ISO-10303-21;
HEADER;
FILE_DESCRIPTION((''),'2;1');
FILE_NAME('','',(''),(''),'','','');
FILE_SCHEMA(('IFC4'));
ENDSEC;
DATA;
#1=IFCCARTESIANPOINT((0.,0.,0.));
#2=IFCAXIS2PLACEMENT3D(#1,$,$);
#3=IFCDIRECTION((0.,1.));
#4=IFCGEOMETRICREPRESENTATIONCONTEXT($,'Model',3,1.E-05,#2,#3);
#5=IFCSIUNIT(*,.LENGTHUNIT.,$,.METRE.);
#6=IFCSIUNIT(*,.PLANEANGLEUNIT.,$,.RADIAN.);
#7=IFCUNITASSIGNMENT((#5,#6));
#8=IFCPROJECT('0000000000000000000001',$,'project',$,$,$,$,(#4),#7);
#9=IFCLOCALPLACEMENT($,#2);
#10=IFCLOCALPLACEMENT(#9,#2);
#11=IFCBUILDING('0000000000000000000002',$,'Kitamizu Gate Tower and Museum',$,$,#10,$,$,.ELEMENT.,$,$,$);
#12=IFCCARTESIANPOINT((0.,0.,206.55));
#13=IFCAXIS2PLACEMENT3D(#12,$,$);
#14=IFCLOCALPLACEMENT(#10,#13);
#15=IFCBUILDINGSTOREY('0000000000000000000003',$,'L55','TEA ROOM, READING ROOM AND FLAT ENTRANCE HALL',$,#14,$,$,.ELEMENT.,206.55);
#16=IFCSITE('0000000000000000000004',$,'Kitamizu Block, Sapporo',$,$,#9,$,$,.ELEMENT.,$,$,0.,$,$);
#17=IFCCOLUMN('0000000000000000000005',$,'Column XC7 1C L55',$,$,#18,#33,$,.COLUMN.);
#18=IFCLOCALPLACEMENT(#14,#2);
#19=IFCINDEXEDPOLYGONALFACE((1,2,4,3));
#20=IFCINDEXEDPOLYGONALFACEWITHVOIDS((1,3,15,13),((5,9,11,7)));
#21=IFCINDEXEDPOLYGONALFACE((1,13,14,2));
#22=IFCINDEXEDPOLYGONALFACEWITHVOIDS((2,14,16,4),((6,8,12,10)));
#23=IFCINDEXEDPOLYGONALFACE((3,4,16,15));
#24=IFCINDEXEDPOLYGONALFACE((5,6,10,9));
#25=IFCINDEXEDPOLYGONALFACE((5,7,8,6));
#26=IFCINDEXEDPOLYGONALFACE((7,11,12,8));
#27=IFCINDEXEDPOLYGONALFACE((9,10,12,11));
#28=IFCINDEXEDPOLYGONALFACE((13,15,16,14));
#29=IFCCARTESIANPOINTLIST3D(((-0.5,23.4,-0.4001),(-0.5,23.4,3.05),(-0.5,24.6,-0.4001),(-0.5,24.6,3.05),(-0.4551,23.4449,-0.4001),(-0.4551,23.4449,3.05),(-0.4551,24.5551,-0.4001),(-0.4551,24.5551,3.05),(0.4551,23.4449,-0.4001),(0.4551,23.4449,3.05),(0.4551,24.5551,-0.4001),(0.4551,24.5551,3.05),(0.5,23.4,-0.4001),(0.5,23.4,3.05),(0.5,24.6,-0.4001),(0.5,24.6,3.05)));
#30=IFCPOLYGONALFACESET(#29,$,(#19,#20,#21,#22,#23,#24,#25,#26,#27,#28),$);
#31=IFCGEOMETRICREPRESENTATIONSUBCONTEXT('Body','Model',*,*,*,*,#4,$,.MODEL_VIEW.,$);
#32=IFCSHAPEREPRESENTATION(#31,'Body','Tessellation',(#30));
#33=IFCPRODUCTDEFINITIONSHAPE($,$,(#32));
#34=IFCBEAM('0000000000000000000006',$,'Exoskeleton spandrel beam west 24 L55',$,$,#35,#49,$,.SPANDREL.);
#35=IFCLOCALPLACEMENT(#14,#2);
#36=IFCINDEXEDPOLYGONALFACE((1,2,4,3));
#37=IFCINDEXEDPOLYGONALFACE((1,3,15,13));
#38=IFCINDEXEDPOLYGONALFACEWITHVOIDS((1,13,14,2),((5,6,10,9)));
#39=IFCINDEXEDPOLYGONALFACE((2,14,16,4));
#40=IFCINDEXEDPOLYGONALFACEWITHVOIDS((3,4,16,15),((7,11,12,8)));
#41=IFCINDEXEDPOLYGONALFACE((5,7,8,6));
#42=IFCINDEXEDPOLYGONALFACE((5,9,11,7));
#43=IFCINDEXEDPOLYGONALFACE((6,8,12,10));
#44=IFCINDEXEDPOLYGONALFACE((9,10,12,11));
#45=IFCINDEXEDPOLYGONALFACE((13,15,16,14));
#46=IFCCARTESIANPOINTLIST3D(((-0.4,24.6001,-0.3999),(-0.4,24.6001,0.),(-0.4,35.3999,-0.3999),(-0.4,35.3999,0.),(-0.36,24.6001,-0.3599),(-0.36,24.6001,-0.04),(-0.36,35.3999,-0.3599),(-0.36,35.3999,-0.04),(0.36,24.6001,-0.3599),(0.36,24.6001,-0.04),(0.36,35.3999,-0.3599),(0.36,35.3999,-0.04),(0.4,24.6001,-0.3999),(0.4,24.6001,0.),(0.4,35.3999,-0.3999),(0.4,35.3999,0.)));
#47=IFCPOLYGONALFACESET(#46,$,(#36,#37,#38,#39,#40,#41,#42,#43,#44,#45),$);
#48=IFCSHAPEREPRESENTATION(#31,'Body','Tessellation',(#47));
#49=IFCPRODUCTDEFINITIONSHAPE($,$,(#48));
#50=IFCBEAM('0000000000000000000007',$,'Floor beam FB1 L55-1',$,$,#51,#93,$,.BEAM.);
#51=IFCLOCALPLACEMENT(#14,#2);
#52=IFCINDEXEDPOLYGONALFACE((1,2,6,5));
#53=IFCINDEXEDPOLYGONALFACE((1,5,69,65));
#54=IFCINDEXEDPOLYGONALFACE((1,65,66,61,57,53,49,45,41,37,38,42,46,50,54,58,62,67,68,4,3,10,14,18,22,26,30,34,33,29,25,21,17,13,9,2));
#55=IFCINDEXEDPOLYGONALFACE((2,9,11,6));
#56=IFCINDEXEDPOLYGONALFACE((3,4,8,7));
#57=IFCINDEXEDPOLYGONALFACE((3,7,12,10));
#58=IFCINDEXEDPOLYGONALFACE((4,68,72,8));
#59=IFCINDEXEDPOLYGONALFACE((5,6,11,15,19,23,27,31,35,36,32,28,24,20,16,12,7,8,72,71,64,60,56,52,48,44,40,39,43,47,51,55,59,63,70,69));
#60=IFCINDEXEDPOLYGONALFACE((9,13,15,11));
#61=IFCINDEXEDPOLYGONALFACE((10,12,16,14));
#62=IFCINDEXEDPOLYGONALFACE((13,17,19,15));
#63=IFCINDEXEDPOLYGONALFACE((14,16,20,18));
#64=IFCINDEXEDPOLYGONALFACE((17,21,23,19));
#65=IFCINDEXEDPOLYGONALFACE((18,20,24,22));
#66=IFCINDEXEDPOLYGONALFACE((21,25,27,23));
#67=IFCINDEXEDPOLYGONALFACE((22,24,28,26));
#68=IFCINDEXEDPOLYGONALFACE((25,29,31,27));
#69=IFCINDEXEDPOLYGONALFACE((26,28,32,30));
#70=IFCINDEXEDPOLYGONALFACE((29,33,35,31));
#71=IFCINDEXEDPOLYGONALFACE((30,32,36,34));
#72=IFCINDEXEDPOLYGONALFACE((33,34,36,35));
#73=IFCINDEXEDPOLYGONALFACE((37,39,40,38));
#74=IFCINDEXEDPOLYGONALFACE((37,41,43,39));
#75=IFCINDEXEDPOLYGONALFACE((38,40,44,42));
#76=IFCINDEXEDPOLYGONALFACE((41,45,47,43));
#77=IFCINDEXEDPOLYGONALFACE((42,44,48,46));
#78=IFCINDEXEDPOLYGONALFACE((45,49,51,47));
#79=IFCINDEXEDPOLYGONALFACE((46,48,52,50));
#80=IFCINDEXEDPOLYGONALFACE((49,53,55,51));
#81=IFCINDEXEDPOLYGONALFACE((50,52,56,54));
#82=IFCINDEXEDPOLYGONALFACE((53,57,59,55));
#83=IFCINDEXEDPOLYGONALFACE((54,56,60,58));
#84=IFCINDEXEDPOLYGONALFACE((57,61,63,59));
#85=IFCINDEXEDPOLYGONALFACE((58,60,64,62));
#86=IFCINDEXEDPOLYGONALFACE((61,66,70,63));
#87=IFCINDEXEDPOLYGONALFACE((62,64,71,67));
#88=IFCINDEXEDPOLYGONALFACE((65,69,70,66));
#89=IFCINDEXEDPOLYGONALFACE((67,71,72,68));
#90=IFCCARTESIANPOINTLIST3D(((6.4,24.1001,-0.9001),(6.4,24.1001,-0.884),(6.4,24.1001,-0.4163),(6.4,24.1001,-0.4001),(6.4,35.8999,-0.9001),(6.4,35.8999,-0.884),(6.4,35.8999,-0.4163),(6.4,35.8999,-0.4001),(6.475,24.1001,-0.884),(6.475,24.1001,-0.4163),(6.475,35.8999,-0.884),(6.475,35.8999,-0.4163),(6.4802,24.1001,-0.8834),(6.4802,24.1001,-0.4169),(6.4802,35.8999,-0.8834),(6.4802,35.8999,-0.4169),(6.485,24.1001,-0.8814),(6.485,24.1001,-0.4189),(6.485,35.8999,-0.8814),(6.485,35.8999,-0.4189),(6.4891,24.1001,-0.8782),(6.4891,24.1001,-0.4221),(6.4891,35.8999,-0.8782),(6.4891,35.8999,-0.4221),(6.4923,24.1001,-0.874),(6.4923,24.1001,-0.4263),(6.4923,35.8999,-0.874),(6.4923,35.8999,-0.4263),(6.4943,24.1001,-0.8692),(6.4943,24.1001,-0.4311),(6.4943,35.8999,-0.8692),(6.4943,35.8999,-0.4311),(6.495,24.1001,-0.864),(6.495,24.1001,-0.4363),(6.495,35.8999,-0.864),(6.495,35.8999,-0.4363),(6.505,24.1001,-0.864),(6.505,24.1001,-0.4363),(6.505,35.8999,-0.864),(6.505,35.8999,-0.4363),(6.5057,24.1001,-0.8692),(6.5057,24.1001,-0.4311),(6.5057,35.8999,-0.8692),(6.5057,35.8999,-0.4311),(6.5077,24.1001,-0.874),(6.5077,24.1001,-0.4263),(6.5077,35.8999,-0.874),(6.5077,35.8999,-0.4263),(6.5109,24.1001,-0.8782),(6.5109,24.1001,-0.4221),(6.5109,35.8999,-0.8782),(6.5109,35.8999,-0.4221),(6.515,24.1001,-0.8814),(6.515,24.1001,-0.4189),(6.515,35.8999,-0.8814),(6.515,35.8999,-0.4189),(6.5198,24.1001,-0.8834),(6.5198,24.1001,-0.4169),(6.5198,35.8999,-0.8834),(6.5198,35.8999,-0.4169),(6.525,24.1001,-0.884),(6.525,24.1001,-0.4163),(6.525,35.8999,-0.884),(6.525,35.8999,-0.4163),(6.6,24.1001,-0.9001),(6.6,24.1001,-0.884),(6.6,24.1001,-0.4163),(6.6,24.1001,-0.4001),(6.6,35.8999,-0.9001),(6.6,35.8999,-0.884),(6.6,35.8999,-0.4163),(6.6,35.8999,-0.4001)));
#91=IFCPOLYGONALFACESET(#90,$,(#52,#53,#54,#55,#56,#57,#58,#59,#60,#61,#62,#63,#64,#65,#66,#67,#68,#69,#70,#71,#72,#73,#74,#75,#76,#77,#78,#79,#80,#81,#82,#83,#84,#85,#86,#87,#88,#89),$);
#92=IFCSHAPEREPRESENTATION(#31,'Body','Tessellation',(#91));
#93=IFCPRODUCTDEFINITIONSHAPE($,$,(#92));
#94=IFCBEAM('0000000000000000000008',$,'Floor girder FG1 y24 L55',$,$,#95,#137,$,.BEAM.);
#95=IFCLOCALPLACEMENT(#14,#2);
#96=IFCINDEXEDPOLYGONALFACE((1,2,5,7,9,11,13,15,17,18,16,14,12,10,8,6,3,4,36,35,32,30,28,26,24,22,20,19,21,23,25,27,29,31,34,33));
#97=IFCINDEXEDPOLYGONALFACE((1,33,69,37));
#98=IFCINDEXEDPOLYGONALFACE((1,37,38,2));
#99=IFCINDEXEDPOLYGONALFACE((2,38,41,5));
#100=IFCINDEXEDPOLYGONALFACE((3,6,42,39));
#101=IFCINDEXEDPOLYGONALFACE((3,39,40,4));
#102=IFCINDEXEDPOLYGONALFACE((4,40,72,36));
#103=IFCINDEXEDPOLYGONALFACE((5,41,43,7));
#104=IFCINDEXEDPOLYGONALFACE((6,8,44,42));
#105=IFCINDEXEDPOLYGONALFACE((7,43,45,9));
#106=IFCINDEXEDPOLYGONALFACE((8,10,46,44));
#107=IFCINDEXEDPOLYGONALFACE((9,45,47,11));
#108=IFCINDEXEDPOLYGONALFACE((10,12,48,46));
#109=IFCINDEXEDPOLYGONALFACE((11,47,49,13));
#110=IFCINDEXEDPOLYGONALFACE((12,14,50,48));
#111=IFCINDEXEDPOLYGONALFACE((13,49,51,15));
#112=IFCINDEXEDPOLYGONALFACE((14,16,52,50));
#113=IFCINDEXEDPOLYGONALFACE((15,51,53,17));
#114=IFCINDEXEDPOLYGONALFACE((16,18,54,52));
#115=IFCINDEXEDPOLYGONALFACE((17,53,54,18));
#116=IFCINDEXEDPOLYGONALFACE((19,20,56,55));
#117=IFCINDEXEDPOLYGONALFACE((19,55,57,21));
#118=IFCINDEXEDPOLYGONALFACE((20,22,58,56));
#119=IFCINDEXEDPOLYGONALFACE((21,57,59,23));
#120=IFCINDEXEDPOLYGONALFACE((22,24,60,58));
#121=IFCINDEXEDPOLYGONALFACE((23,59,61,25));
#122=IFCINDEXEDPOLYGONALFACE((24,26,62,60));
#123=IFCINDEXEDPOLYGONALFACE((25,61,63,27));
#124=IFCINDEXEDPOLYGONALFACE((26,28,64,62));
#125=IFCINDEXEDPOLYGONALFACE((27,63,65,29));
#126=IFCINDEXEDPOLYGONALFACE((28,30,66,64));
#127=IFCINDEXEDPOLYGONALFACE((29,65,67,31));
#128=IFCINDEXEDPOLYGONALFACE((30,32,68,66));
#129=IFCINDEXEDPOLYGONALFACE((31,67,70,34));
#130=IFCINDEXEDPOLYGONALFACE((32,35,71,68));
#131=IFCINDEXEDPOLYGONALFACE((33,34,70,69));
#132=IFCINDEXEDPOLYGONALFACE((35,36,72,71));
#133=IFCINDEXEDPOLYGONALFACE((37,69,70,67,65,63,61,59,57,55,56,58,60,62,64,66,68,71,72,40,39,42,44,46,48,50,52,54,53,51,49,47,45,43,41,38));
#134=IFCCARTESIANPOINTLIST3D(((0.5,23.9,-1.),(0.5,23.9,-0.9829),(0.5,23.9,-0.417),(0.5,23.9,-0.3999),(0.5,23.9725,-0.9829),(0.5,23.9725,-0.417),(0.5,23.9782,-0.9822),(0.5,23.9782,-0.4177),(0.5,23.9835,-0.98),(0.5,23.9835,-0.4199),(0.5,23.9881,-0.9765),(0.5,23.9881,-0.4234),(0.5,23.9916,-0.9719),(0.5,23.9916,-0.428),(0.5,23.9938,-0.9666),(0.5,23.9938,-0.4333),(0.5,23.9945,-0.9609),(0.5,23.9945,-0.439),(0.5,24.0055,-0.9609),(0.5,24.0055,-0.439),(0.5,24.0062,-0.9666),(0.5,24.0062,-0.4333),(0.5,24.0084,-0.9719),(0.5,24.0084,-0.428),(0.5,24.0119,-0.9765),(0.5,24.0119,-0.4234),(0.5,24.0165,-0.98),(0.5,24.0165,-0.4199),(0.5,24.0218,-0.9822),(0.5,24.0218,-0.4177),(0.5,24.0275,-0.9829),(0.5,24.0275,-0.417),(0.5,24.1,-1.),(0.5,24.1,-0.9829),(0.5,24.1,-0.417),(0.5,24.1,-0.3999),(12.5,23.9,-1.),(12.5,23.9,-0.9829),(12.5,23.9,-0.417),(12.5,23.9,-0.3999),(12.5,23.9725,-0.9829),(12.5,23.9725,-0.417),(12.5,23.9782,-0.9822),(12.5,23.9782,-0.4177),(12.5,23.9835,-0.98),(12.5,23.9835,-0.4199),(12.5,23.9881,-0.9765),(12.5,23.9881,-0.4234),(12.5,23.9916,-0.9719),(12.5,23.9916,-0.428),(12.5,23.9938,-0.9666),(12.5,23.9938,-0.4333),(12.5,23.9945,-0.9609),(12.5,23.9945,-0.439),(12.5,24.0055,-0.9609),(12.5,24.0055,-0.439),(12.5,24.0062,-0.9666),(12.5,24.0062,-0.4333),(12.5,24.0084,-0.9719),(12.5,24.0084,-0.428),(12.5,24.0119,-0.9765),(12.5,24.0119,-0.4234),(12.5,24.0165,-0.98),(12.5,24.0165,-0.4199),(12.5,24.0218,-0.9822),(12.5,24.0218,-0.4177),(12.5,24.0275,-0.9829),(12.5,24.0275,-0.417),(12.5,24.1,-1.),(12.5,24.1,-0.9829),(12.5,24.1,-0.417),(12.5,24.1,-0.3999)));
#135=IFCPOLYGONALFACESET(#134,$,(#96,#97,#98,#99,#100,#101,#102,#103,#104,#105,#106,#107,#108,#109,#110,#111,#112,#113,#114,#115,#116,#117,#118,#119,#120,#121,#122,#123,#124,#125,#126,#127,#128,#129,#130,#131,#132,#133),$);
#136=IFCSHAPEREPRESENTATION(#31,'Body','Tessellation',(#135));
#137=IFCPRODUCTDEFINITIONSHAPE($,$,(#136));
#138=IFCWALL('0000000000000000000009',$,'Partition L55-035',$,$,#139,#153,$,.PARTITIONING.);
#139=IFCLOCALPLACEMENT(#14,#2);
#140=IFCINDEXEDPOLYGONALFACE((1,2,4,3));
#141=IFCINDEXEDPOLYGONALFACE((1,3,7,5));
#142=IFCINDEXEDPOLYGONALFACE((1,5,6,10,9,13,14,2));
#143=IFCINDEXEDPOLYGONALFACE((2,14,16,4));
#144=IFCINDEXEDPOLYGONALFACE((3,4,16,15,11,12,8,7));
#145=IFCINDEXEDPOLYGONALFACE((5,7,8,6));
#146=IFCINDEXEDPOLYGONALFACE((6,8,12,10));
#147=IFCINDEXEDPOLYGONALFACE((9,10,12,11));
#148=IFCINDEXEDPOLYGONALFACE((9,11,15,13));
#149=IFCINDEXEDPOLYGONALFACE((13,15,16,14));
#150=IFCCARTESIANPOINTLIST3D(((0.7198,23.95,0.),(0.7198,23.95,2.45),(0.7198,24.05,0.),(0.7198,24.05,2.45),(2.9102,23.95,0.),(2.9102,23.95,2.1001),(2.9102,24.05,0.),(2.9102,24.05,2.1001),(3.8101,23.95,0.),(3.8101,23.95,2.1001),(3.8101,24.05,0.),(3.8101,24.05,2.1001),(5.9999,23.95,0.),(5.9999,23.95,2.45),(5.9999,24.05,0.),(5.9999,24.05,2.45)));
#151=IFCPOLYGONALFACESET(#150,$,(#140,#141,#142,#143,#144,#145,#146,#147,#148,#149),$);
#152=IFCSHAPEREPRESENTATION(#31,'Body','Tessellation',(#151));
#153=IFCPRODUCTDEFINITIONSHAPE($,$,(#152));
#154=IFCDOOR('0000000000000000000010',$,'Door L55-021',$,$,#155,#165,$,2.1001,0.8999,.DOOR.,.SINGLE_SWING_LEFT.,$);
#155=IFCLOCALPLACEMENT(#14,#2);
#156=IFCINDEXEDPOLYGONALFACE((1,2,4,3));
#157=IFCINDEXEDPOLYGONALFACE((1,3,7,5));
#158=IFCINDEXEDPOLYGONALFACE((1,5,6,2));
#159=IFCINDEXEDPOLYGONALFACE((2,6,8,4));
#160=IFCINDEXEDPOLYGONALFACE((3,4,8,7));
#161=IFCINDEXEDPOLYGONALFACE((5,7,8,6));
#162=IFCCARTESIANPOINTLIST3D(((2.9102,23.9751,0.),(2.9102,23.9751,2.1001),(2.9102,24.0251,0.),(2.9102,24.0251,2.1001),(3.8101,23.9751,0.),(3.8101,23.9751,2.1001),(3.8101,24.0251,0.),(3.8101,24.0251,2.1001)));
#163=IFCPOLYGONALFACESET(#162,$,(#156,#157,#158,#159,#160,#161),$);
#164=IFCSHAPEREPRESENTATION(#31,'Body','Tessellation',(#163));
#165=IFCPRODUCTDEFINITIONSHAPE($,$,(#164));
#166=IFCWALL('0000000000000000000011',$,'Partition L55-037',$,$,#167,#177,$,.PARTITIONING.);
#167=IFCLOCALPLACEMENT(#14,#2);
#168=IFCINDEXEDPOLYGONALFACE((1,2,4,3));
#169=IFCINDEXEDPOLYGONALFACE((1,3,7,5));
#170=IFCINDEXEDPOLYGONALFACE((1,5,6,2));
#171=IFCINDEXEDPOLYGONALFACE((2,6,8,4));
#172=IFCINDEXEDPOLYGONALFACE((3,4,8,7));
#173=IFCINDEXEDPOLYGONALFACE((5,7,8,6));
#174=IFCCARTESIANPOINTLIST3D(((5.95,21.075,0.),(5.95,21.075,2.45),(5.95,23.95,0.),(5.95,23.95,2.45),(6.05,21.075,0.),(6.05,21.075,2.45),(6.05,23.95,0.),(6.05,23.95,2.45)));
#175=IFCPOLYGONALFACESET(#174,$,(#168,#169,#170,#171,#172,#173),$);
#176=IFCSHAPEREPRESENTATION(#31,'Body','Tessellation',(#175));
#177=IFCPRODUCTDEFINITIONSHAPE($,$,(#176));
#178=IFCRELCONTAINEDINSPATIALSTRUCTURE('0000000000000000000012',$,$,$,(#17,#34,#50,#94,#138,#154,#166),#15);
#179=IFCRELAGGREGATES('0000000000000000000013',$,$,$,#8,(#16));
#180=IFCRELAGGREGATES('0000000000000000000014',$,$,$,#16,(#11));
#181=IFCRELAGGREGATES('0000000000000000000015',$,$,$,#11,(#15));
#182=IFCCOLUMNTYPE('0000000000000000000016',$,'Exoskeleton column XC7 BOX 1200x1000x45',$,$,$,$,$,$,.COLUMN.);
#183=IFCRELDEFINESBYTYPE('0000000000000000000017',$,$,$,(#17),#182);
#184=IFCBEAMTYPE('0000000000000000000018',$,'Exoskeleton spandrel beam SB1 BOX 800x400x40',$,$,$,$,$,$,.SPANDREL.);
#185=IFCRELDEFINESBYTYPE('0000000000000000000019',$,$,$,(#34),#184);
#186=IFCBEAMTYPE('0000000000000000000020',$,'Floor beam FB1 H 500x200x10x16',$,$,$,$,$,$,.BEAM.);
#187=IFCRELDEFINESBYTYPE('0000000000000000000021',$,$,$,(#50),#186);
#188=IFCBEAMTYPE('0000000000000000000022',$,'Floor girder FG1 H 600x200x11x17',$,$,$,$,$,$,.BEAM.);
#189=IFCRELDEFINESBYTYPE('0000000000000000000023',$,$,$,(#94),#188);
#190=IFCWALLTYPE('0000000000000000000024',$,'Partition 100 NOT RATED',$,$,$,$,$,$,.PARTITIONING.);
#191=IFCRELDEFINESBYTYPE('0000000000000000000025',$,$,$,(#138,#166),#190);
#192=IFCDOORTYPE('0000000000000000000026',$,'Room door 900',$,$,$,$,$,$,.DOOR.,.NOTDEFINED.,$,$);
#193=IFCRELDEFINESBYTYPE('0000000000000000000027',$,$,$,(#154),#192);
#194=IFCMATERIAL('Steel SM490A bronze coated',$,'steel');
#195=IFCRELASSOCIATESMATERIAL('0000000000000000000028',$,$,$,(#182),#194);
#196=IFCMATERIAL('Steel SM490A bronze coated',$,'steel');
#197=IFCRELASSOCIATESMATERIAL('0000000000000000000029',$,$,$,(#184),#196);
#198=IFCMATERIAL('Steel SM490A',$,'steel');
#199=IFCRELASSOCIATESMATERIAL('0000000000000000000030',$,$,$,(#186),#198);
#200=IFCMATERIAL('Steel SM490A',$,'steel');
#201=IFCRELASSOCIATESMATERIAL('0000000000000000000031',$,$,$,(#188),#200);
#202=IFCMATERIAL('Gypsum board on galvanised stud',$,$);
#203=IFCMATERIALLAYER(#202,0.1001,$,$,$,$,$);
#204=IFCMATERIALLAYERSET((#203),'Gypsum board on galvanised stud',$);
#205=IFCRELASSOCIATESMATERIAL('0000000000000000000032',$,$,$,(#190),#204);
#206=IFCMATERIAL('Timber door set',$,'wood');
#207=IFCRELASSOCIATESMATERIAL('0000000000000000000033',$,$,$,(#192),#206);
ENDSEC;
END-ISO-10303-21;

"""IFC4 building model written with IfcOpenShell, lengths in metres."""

from ifc_helpers import new_model, si_unit, direction, frame, frame_2d, origin, origin_2d, place, context, subcontext, project, spatial, rectangle, hollow_rectangle, i_section, extrude, material, layer, layer_set, material_profile, profile_set, type_object, element, fill, save


model = new_model("IFC4")

# Units and contexts
model_context = context("Model", 3, precision=1e-05, world=origin(), true_north=direction((0.0, 1.0)))
body_context = subcontext(model_context, "Body", "Model", "MODEL_VIEW")
ifc_project = project(units=[si_unit("LENGTHUNIT", "METRE"), si_unit("PLANEANGLEUNIT", "RADIAN")], contexts=[model_context])

# Site, building, storey
site_placement = place(None, origin())
site = spatial("IfcSite", under=ifc_project, at=site_placement, Name="Kitamizu Block, Sapporo", CompositionType="ELEMENT", RefElevation=0.0)
building_placement = place(site_placement, origin())
building = spatial("IfcBuilding", under=site, at=building_placement, Name="Kitamizu Gate Tower and Museum", CompositionType="ELEMENT")
storey_placement = place(building_placement, frame((0.0, 0.0, 206.55)))
storey = spatial("IfcBuildingStorey", under=building, at=storey_placement, Name="L55", Description="TEA ROOM, READING ROOM AND FLAT ENTRANCE HALL", CompositionType="ELEMENT", Elevation=206.55)

# Column
ifc_material_1 = material(Name="Steel SM490A bronze coated", Category="steel")
ifc_material_profile_1 = material_profile(ifc_material_1, hollow_rectangle(XDim=1.2, YDim=1.0, WallThickness=0.0449, at=origin_2d()), Name="BOX 1200x1000x45")
ifc_profile_set_1 = profile_set([ifc_material_profile_1], Name="Steel SM490A bronze coated")
column_type = type_object("IfcColumnType", Name="Exoskeleton column XC7 BOX 1200x1000x45", PredefinedType="COLUMN", material=ifc_profile_set_1)
column_placement = place(storey_placement, frame((0.0, 24.0, -0.4001), z_axis=(0.0, 0.0, 1.0), x_axis=(0.0, 1.0, 0.0)))
element("IfcColumn", 1, at=column_placement, inside=storey, type_object=column_type, Name="Column XC7 1C L55", PredefinedType="COLUMN", context=body_context, shape_type="SweptSolid", body=[
    extrude(hollow_rectangle(XDim=1.2, YDim=1.0, WallThickness=0.0449, at=origin_2d()), origin(), (0.0, 0.0, 1.0), 3.4502),
])

# Beams
ifc_material_2 = material(Name="Steel SM490A bronze coated", Category="steel")
ifc_material_profile_2 = material_profile(ifc_material_2, hollow_rectangle(XDim=0.8, YDim=0.3999, WallThickness=0.04, at=origin_2d()), Name="BOX 800x400x40")
ifc_profile_set_2 = profile_set([ifc_material_profile_2], Name="Steel SM490A bronze coated")
beam_type_1 = type_object("IfcBeamType", Name="Exoskeleton spandrel beam SB1 BOX 800x400x40", PredefinedType="SPANDREL", material=ifc_profile_set_2)
beam_1_placement = place(storey_placement, frame((0.0, 24.6001, -0.2), z_axis=(0.0, 1.0, 0.0), x_axis=(-1.0, 0.0, 0.0)))
element("IfcBeam", 2, at=beam_1_placement, inside=storey, type_object=beam_type_1, Name="Exoskeleton spandrel beam west 24 L55", PredefinedType="SPANDREL", context=body_context, shape_type="SweptSolid", body=[
    extrude(hollow_rectangle(XDim=0.8, YDim=0.3999, WallThickness=0.04, at=origin_2d()), origin(), (0.0, 0.0, 1.0), 10.7998),
])
ifc_material_3 = material(Name="Steel SM490A", Category="steel")
ifc_material_profile_3 = material_profile(ifc_material_3, i_section(OverallWidth=0.2, OverallDepth=0.5, WebThickness=0.01, FlangeThickness=0.0161, FilletRadius=0.02, at=origin_2d()), Name="H-500x200x10x16")
ifc_profile_set_3 = profile_set([ifc_material_profile_3], Name="Steel SM490A")
beam_type_2 = type_object("IfcBeamType", Name="Floor beam FB1 H 500x200x10x16", PredefinedType="BEAM", material=ifc_profile_set_3)
beam_2_placement = place(storey_placement, frame((6.5, 24.1001, -0.6501), z_axis=(0.0, 1.0, 0.0), x_axis=(-1.0, 0.0, 0.0)))
element("IfcBeam", 3, at=beam_2_placement, inside=storey, type_object=beam_type_2, Name="Floor beam FB1 L55-1", PredefinedType="BEAM", context=body_context, shape_type="SweptSolid", body=[
    extrude(i_section(OverallWidth=0.2, OverallDepth=0.5, WebThickness=0.01, FlangeThickness=0.0161, FilletRadius=0.02, at=origin_2d()), origin(), (0.0, 0.0, 1.0), 11.7998),
])
ifc_material_4 = material(Name="Steel SM490A", Category="steel")
ifc_material_profile_4 = material_profile(ifc_material_4, i_section(OverallWidth=0.2, OverallDepth=0.6001, WebThickness=0.011, FlangeThickness=0.0171, FilletRadius=0.022, at=origin_2d()), Name="H-600x200x11x17")
ifc_profile_set_4 = profile_set([ifc_material_profile_4], Name="Steel SM490A")
beam_type_3 = type_object("IfcBeamType", Name="Floor girder FG1 H 600x200x11x17", PredefinedType="BEAM", material=ifc_profile_set_4)
beam_3_placement = place(storey_placement, frame((0.5, 24.0, -0.7), z_axis=(1.0, 0.0, 0.0), x_axis=(0.0, 1.0, 0.0)))
element("IfcBeam", 4, at=beam_3_placement, inside=storey, type_object=beam_type_3, Name="Floor girder FG1 y24 L55", PredefinedType="BEAM", context=body_context, shape_type="SweptSolid", body=[
    extrude(i_section(OverallWidth=0.2, OverallDepth=0.6001, WebThickness=0.011, FlangeThickness=0.0171, FilletRadius=0.022, at=origin_2d()), origin(), (0.0, 0.0, 1.0), 12.0),
])

# Wall, opening, door
ifc_material_5 = material(Name="Gypsum board on galvanised stud")
ifc_layer_1 = layer(ifc_material_5, 0.1001)
ifc_layer_set_1 = layer_set([ifc_layer_1], Name="Gypsum board on galvanised stud")
wall_type_1 = type_object("IfcWallType", Name="Partition 100 NOT RATED", PredefinedType="PARTITIONING", material=ifc_layer_set_1)
wall_1_placement = place(storey_placement, frame((6.0, 24.0, 0.0), z_axis=(0.0, 0.0, 1.0), x_axis=(-1.0, 0.0, 0.0)))
wall_1 = element("IfcWall", 5, at=wall_1_placement, inside=storey, type_object=wall_type_1, Name="Partition L55-035", PredefinedType="PARTITIONING", context=body_context, shape_type="SweptSolid", body=[
    extrude(rectangle(XDim=5.28, YDim=0.1001, at=frame_2d((2.6401, 0.0))), origin(), (0.0, 0.0, 1.0), 2.45),
])
opening_1_placement = place(wall_1_placement, frame((2.1899, 0.0, 0.0)))
opening_1 = element("IfcOpeningElement", 6, at=opening_1_placement, cuts=wall_1, PredefinedType="OPENING", context=body_context, shape_type="SweptSolid", body=[
    extrude(rectangle(XDim=0.8999, YDim=2.1001, at=frame_2d((0.45, 1.05))), frame((0.0, 0.0601, 0.0), z_axis=(0.0, -1.0, 0.0), x_axis=(1.0, 0.0, 0.0)), (0.0, 0.0, 1.0), 0.1201),
])
ifc_material_6 = material(Name="Timber door set", Category="wood")
door_type_1 = type_object("IfcDoorType", Name="Room door 900", OperationType="NOTDEFINED", PredefinedType="DOOR", material=ifc_material_6)
door_1_placement = place(opening_1_placement, origin())
door_1 = element("IfcDoor", 7, at=door_1_placement, inside=storey, type_object=door_type_1, Name="Door L55-021", OperationType="SINGLE_SWING_LEFT", OverallHeight=2.1001, OverallWidth=0.8999, PredefinedType="DOOR", context=body_context, shape_type="SweptSolid", body=[
    extrude(rectangle(XDim=0.8999, YDim=2.1001, at=frame_2d((0.45, 1.05))), frame((0.0, 0.0249, 0.0), z_axis=(0.0, -1.0, 0.0), x_axis=(1.0, 0.0, 0.0)), (0.0, 0.0, 1.0), 0.05),
])
fill(opening_1, door_1)

# Wall
wall_2_placement = place(storey_placement, frame((6.0, 21.075, 0.0), z_axis=(0.0, 0.0, 1.0), x_axis=(0.0, 1.0, 0.0)))
element("IfcWall", 8, at=wall_2_placement, inside=storey, type_object=wall_type_1, Name="Partition L55-037", PredefinedType="PARTITIONING", context=body_context, shape_type="SweptSolid", body=[
    extrude(rectangle(XDim=2.875, YDim=0.1001, at=frame_2d((1.4375, 0.0))), origin(), (0.0, 0.0, 1.0), 2.45),
])

save(model, "model.ifc")
